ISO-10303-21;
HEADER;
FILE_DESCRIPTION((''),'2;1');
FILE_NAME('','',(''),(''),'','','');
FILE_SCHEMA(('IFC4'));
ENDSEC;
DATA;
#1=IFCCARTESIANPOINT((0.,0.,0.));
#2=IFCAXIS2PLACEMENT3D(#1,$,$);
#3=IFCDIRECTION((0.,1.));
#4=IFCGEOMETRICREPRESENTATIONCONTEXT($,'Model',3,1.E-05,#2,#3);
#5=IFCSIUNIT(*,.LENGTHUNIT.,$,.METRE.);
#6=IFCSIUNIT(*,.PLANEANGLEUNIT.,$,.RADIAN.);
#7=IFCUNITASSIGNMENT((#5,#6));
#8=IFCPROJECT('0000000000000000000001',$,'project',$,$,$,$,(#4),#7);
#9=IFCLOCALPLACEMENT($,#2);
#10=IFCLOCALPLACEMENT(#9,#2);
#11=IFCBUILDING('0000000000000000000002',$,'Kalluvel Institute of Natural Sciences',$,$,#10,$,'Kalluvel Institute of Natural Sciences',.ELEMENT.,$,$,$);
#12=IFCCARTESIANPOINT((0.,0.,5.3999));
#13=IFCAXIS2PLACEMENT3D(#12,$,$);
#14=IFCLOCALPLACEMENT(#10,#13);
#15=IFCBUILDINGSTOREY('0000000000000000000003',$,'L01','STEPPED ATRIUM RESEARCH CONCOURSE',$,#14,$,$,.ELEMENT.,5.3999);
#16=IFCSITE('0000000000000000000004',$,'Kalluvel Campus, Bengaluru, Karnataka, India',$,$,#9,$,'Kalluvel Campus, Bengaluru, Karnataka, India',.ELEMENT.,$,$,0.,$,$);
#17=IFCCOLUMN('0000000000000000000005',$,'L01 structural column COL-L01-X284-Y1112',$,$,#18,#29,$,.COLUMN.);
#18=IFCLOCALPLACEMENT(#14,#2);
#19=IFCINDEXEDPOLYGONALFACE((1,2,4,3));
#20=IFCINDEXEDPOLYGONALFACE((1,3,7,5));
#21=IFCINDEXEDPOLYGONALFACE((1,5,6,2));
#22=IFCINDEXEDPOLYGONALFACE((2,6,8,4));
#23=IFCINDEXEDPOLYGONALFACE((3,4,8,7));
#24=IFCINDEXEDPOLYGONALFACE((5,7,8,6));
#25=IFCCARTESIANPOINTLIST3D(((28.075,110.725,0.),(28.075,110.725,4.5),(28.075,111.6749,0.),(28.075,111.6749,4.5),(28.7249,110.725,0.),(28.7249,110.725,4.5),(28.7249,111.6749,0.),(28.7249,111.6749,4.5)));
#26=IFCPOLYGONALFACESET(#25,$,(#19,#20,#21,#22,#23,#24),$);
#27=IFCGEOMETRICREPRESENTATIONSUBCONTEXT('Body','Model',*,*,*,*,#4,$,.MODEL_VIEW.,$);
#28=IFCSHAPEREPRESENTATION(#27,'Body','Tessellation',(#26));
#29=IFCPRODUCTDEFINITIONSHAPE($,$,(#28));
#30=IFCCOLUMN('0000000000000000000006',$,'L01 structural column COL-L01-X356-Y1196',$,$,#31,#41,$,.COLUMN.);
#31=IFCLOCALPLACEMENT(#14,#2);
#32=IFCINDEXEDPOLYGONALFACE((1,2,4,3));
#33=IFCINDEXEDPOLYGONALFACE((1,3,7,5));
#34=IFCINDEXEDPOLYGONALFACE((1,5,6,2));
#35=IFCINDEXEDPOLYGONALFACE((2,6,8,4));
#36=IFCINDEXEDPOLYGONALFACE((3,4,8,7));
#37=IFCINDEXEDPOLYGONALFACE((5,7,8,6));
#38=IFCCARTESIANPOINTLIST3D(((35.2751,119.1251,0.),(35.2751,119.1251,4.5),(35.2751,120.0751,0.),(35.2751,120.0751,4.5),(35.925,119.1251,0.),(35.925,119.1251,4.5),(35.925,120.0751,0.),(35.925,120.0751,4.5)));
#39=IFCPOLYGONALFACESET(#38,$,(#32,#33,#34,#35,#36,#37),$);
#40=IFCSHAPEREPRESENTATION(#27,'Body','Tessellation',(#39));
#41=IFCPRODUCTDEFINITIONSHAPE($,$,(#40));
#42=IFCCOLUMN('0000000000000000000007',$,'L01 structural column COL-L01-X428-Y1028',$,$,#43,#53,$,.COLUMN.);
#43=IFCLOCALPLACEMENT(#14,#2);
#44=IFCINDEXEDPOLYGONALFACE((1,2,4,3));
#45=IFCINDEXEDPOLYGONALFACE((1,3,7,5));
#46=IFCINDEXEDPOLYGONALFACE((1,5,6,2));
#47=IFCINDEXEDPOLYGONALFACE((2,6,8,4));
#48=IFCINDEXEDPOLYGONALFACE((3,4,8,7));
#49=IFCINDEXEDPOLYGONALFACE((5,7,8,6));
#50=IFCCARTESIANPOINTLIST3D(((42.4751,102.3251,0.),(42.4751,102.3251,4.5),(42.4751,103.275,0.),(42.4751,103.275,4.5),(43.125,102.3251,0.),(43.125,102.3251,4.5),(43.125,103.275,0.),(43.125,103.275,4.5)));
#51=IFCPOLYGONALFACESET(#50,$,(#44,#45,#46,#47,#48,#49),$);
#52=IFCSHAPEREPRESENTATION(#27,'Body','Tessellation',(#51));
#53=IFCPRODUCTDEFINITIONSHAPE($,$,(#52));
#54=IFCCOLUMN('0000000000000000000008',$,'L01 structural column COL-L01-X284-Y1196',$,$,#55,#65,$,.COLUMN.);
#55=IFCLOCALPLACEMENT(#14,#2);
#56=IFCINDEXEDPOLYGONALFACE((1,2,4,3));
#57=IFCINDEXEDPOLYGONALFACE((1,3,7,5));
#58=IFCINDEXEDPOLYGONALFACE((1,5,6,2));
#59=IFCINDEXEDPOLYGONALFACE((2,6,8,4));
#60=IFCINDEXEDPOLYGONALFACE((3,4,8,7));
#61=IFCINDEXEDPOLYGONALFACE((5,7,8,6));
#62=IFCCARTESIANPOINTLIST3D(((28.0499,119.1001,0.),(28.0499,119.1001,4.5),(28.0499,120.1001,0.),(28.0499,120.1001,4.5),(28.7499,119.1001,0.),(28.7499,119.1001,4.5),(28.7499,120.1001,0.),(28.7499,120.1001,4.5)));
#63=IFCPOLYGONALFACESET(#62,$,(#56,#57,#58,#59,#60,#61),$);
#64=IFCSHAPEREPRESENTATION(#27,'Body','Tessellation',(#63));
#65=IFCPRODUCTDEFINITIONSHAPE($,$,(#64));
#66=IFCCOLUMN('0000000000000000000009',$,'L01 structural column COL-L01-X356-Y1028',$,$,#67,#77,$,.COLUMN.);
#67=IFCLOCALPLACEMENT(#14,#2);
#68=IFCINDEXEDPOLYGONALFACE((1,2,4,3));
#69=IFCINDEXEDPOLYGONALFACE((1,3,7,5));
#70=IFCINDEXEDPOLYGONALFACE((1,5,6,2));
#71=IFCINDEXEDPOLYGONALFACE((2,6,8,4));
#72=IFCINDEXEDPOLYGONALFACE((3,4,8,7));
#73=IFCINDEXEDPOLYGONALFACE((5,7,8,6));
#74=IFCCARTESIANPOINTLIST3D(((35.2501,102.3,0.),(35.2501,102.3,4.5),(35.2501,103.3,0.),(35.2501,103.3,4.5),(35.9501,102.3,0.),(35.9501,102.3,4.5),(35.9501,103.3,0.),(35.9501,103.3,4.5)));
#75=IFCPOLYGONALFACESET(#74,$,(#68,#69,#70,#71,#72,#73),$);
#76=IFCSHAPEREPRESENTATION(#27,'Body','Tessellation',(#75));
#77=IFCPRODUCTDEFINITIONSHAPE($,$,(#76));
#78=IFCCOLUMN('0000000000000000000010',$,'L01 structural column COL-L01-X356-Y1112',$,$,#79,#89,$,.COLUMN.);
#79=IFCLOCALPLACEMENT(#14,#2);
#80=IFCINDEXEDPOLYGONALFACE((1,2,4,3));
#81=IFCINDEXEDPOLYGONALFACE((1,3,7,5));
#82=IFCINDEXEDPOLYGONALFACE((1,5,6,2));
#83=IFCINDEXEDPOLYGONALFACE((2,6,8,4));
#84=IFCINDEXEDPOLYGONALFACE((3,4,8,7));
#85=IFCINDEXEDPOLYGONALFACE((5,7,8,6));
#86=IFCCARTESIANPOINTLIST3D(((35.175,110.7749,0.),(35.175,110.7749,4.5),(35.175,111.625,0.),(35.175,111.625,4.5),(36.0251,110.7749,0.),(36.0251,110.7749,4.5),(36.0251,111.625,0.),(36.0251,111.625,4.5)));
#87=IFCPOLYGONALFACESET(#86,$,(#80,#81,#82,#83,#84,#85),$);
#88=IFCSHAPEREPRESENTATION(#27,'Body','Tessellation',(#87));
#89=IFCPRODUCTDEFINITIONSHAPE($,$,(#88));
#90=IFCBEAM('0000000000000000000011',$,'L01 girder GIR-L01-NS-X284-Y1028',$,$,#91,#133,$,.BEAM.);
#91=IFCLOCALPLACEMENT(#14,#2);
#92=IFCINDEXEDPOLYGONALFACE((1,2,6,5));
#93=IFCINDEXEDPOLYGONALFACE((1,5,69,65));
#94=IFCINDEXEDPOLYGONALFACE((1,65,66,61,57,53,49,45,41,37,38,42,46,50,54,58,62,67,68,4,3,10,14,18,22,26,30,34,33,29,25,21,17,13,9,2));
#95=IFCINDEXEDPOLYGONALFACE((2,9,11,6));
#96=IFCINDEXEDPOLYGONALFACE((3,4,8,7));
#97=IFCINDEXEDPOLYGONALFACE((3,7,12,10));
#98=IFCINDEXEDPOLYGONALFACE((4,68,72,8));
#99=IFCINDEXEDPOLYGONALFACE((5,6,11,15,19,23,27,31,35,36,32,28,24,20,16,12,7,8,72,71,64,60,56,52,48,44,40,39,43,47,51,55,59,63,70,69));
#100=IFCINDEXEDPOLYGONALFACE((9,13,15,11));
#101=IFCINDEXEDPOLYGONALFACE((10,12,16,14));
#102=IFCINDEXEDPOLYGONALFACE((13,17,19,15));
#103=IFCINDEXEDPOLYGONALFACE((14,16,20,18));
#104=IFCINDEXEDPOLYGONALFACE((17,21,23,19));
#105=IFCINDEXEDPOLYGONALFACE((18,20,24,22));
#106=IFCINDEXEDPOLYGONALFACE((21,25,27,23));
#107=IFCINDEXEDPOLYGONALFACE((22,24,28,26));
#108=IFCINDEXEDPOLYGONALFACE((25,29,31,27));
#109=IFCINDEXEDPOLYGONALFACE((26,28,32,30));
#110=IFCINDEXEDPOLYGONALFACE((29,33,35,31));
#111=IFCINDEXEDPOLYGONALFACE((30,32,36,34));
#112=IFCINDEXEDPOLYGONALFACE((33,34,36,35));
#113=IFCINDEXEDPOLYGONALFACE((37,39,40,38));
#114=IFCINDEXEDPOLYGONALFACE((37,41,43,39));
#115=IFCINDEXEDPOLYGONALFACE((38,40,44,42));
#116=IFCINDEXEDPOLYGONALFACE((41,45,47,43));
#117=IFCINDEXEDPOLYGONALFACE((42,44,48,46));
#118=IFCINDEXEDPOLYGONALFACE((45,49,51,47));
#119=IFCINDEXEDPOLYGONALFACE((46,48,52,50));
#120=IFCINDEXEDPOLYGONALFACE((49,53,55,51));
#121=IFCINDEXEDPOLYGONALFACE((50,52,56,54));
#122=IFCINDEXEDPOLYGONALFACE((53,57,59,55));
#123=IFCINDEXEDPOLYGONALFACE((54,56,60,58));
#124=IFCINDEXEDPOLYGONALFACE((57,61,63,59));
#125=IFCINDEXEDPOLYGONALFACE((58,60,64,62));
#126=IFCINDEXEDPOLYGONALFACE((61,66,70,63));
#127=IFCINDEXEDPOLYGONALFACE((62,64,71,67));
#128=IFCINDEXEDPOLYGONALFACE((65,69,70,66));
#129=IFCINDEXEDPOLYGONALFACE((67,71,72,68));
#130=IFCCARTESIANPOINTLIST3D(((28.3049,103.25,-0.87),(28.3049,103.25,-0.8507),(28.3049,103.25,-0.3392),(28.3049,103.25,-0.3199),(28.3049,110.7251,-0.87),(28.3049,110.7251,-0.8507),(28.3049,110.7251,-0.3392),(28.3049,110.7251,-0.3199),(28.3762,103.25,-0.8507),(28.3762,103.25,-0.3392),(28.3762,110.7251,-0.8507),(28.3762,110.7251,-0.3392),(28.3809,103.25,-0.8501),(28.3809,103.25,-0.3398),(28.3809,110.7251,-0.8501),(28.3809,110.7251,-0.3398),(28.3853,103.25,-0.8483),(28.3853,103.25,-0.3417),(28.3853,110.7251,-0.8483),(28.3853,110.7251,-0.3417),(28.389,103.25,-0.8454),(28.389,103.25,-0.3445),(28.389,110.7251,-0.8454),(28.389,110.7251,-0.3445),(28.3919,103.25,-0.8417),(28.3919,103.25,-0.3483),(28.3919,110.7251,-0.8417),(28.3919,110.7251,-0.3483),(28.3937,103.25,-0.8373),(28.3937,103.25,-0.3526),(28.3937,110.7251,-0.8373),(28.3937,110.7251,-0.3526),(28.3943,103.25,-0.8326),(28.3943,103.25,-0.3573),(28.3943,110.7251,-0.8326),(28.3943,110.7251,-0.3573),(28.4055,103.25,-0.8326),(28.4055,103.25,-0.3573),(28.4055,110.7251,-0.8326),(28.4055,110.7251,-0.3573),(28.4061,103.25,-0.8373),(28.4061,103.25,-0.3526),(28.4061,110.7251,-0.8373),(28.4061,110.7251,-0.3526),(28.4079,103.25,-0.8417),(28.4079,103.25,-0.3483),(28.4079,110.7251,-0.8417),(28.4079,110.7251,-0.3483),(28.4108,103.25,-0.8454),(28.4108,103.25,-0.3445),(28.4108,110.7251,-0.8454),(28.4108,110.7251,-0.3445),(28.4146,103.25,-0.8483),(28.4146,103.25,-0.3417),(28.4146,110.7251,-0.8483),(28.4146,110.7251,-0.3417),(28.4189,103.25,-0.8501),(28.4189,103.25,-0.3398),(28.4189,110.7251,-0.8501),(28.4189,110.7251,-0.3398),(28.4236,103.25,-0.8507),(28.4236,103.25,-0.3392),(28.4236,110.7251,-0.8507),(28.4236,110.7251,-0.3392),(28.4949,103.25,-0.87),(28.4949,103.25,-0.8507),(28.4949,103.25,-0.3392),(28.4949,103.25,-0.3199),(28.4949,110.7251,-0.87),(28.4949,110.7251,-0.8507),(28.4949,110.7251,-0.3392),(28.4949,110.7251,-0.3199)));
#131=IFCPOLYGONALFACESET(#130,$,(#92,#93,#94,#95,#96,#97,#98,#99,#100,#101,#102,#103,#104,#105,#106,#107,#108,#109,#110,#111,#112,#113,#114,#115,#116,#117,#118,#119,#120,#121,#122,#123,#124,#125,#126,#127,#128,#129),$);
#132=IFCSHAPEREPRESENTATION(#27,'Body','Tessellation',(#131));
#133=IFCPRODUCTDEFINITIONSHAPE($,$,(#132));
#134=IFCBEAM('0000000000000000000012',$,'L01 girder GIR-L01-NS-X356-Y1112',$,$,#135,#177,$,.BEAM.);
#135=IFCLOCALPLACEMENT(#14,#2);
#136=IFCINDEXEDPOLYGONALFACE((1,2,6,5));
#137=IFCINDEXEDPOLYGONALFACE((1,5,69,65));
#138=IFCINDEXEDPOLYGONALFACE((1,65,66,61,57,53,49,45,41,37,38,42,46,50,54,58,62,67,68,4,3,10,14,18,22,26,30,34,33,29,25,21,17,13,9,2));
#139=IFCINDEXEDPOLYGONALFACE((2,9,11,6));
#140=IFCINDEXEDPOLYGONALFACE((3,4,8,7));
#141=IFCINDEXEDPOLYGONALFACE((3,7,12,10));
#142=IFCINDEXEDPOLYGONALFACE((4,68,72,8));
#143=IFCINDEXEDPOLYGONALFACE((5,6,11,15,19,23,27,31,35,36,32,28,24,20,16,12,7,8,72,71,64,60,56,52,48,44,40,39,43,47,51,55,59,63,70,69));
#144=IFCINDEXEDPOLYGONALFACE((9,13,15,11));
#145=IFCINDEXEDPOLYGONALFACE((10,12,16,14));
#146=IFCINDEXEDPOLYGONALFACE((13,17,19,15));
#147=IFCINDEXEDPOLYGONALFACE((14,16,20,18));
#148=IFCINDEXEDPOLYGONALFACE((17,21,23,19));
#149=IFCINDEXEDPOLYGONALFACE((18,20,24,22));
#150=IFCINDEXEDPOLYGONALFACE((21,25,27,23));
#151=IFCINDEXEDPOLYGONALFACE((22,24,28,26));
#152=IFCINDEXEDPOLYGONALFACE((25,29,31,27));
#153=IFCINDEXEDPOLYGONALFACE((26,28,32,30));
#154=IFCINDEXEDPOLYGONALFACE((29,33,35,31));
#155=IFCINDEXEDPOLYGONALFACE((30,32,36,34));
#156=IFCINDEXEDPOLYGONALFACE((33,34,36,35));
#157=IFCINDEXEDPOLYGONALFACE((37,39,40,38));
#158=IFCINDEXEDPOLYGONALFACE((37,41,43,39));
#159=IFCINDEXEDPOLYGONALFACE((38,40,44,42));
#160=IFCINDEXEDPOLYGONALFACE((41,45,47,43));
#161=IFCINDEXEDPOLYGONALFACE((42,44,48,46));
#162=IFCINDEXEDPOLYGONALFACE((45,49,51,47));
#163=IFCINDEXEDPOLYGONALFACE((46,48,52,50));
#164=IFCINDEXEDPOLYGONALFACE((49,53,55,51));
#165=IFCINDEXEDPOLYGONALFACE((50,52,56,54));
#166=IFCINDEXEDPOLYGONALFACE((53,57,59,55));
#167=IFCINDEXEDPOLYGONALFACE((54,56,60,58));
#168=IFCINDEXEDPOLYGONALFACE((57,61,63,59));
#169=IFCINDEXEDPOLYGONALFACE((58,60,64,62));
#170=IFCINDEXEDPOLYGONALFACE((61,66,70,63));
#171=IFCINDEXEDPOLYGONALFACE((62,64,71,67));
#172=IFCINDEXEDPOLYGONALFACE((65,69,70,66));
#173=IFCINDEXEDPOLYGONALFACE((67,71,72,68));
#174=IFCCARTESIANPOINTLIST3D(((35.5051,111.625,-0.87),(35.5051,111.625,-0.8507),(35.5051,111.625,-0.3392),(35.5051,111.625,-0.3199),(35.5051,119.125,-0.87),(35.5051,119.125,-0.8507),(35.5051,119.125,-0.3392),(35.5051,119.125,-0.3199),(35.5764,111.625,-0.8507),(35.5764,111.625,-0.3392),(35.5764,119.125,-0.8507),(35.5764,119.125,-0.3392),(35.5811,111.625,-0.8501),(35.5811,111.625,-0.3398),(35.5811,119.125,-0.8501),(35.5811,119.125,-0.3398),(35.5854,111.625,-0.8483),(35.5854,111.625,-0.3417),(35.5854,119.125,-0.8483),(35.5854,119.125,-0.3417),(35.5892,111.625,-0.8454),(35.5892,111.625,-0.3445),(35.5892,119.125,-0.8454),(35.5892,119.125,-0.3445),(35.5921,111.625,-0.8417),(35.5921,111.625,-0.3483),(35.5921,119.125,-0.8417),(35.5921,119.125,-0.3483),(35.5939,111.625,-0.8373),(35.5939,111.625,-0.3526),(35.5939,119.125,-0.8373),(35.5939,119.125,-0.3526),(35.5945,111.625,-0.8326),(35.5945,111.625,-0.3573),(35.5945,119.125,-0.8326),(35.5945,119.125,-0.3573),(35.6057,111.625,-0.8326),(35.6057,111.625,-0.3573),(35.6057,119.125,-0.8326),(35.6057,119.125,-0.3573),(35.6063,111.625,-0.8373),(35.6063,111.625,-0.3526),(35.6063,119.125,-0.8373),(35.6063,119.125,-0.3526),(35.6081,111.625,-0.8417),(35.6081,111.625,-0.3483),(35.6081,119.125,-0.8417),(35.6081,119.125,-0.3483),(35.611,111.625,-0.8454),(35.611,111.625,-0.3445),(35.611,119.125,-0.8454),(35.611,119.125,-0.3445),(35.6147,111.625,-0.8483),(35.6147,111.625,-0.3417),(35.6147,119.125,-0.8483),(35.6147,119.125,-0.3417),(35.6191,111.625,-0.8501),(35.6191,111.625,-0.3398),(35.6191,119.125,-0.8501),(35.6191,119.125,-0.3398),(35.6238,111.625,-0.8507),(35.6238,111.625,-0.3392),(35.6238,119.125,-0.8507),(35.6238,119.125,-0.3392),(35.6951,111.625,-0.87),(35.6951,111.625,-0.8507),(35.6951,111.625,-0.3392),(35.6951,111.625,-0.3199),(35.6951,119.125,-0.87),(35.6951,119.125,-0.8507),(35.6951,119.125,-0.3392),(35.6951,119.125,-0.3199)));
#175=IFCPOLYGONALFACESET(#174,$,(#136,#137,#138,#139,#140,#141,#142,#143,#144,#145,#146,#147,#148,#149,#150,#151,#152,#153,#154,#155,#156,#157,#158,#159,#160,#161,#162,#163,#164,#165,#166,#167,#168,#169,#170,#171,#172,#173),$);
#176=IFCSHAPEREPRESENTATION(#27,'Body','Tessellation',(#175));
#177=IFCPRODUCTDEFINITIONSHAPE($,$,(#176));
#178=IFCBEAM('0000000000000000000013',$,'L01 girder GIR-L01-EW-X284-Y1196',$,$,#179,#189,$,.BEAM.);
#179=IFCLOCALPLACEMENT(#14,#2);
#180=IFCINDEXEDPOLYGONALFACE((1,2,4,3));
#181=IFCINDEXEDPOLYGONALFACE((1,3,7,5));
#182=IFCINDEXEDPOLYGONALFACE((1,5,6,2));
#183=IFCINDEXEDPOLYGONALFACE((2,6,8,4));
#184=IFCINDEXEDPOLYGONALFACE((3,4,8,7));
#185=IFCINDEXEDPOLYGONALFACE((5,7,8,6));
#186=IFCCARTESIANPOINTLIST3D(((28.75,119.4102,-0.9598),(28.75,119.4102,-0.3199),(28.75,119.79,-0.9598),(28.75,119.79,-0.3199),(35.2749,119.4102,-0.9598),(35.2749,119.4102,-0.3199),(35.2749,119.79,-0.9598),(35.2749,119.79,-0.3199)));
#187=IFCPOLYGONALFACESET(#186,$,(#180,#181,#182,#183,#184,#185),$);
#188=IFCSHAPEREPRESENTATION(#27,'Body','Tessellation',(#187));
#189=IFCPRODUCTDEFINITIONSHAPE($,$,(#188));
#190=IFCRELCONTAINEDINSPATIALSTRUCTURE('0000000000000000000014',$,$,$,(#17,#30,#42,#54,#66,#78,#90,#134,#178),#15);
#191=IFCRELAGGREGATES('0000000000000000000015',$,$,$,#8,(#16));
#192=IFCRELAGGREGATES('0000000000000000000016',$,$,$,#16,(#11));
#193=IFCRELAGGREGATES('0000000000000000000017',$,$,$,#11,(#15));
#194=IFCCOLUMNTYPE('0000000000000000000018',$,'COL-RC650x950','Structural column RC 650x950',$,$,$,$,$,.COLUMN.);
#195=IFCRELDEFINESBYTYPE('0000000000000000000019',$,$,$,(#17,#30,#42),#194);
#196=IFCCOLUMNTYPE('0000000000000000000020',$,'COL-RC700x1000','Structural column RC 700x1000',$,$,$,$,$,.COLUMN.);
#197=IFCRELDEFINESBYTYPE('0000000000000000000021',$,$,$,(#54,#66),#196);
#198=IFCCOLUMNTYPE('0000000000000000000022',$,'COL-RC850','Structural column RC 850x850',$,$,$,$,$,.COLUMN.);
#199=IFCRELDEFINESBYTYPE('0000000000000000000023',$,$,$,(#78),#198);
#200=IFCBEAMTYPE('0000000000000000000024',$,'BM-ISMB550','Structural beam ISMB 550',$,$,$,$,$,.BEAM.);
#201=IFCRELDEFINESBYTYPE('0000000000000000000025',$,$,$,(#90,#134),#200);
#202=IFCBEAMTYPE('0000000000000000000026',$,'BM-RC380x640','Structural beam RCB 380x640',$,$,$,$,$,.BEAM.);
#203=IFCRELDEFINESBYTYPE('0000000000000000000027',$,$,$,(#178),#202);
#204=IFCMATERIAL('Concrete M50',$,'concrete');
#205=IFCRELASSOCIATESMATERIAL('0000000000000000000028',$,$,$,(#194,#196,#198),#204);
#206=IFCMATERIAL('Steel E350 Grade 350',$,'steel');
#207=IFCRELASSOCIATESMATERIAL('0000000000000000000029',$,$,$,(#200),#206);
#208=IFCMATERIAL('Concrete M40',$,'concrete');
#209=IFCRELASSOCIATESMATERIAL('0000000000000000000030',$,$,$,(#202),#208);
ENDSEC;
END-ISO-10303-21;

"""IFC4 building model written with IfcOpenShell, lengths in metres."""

from ifc_helpers import new_model, si_unit, direction, frame, origin, origin_2d, place, context, subcontext, project, spatial, rectangle, i_section, extrude, material, material_profile, profile_set, type_object, element, save


model = new_model("IFC4")

# Units and contexts
model_context = context("Model", 3, precision=1e-05, world=origin(), true_north=direction((0.0, 1.0)))
body_context = subcontext(model_context, "Body", "Model", "MODEL_VIEW")
ifc_project = project(units=[si_unit("LENGTHUNIT", "METRE"), si_unit("PLANEANGLEUNIT", "RADIAN")], contexts=[model_context])

# Site, building, storey
site_placement = place(None, origin())
site = spatial("IfcSite", under=ifc_project, at=site_placement, Name="Kalluvel Campus, Bengaluru, Karnataka, India", LongName="Kalluvel Campus, Bengaluru, Karnataka, India", CompositionType="ELEMENT", RefElevation=0.0)
building_placement = place(site_placement, origin())
building = spatial("IfcBuilding", under=site, at=building_placement, Name="Kalluvel Institute of Natural Sciences", LongName="Kalluvel Institute of Natural Sciences", CompositionType="ELEMENT")
storey_placement = place(building_placement, frame((0.0, 0.0, 5.3999)))
storey = spatial("IfcBuildingStorey", under=building, at=storey_placement, Name="L01", Description="STEPPED ATRIUM RESEARCH CONCOURSE", CompositionType="ELEMENT", Elevation=5.3999)

# Columns
ifc_material_1 = material(Name="Concrete M50", Category="concrete")
ifc_material_profile_1 = material_profile(ifc_material_1, rectangle(XDim=0.6499, YDim=0.95, at=origin_2d()), Name="RC 650x950")
ifc_profile_set_1 = profile_set([ifc_material_profile_1], Name="Concrete M50")
column_type_1 = type_object("IfcColumnType", Name="COL-RC650x950", Description="Structural column RC 650x950", PredefinedType="COLUMN", material=ifc_profile_set_1)
for number, where, z_axis, x_axis, name in (
    (1, (28.3999, 111.2, 0.0), (0.0, 0.0, 1.0), (1.0, 0.0, 0.0), "L01 structural column COL-L01-X284-Y1112"),
    (2, (35.6001, 119.6001, 0.0), (0.0, 0.0, 1.0), (1.0, 0.0, 0.0), "L01 structural column COL-L01-X356-Y1196"),
    (3, (42.8, 102.8, 0.0), (0.0, 0.0, 1.0), (1.0, 0.0, 0.0), "L01 structural column COL-L01-X428-Y1028"),
):
    element("IfcColumn", number, at=place(storey_placement, frame(where, z_axis=z_axis, x_axis=x_axis)), inside=storey, type_object=column_type_1, Name=name, PredefinedType="COLUMN", context=body_context, shape_type="SweptSolid", body=[
        extrude(rectangle(XDim=0.6499, YDim=0.95, at=origin_2d()), origin(), (0.0, 0.0, 1.0), 4.5),
    ])
ifc_material_profile_2 = material_profile(ifc_material_1, rectangle(XDim=0.7, YDim=1.0, at=origin_2d()), Name="RC 700x1000")
ifc_profile_set_2 = profile_set([ifc_material_profile_2], Name="Concrete M50")
column_type_2 = type_object("IfcColumnType", Name="COL-RC700x1000", Description="Structural column RC 700x1000", PredefinedType="COLUMN", material=ifc_profile_set_2)
for number, where, z_axis, x_axis, name in (
    (4, (28.3999, 119.6001, 0.0), (0.0, 0.0, 1.0), (1.0, 0.0, 0.0), "L01 structural column COL-L01-X284-Y1196"),
    (5, (35.6001, 102.8, 0.0), (0.0, 0.0, 1.0), (1.0, 0.0, 0.0), "L01 structural column COL-L01-X356-Y1028"),
):
    element("IfcColumn", number, at=place(storey_placement, frame(where, z_axis=z_axis, x_axis=x_axis)), inside=storey, type_object=column_type_2, Name=name, PredefinedType="COLUMN", context=body_context, shape_type="SweptSolid", body=[
        extrude(rectangle(XDim=0.7, YDim=1.0, at=origin_2d()), origin(), (0.0, 0.0, 1.0), 4.5),
    ])
ifc_material_profile_3 = material_profile(ifc_material_1, rectangle(XDim=0.8501, YDim=0.8501, at=origin_2d()), Name="RC 850x850")
ifc_profile_set_3 = profile_set([ifc_material_profile_3], Name="Concrete M50")
column_type_3 = type_object("IfcColumnType", Name="COL-RC850", Description="Structural column RC 850x850", PredefinedType="COLUMN", material=ifc_profile_set_3)
column_placement = place(storey_placement, frame((35.6001, 111.2, 0.0), z_axis=(0.0, 0.0, 1.0), x_axis=(1.0, 0.0, 0.0)))
element("IfcColumn", 6, at=column_placement, inside=storey, type_object=column_type_3, Name="L01 structural column COL-L01-X356-Y1112", PredefinedType="COLUMN", context=body_context, shape_type="SweptSolid", body=[
    extrude(rectangle(XDim=0.8501, YDim=0.8501, at=origin_2d()), origin(), (0.0, 0.0, 1.0), 4.5),
])

# Beams
ifc_material_2 = material(Name="Steel E350 Grade 350", Category="steel")
ifc_material_profile_4 = material_profile(ifc_material_2, i_section(OverallWidth=0.1899, OverallDepth=0.55, WebThickness=0.0112, FlangeThickness=0.0193, FilletRadius=0.0181, at=origin_2d()), Name="ISMB 550")
ifc_profile_set_4 = profile_set([ifc_material_profile_4], Name="Steel E350 Grade 350")
beam_type_1 = type_object("IfcBeamType", Name="BM-ISMB550", Description="Structural beam ISMB 550", PredefinedType="BEAM", material=ifc_profile_set_4)
beam_1_placement = place(storey_placement, frame((28.3999, 103.25, -0.595), z_axis=(0.0, 1.0, 0.0), x_axis=(-1.0, 0.0, 0.0)))
element("IfcBeam", 7, at=beam_1_placement, inside=storey, type_object=beam_type_1, Name="L01 girder GIR-L01-NS-X284-Y1028", PredefinedType="BEAM", context=body_context, shape_type="SweptSolid", body=[
    extrude(i_section(OverallWidth=0.1899, OverallDepth=0.55, WebThickness=0.0112, FlangeThickness=0.0193, FilletRadius=0.0181, at=origin_2d()), origin(), (0.0, 0.0, 1.0), 7.4751),
])
beam_2_placement = place(storey_placement, frame((35.6001, 111.625, -0.595), z_axis=(0.0, 1.0, 0.0), x_axis=(-1.0, 0.0, 0.0)))
element("IfcBeam", 8, at=beam_2_placement, inside=storey, type_object=beam_type_1, Name="L01 girder GIR-L01-NS-X356-Y1112", PredefinedType="BEAM", context=body_context, shape_type="SweptSolid", body=[
    extrude(i_section(OverallWidth=0.1899, OverallDepth=0.55, WebThickness=0.0112, FlangeThickness=0.0193, FilletRadius=0.0181, at=origin_2d()), origin(), (0.0, 0.0, 1.0), 7.5),
])
ifc_material_3 = material(Name="Concrete M40", Category="concrete")
ifc_material_profile_5 = material_profile(ifc_material_3, rectangle(XDim=0.3799, YDim=0.6399, at=origin_2d()), Name="RCB 380x640")
ifc_profile_set_5 = profile_set([ifc_material_profile_5], Name="Concrete M40")
beam_type_2 = type_object("IfcBeamType", Name="BM-RC380x640", Description="Structural beam RCB 380x640", PredefinedType="BEAM", material=ifc_profile_set_5)
beam_3_placement = place(storey_placement, frame((28.75, 119.6001, -0.6399), z_axis=(1.0, 0.0, 0.0), x_axis=(0.0, 1.0, 0.0)))
element("IfcBeam", 9, at=beam_3_placement, inside=storey, type_object=beam_type_2, Name="L01 girder GIR-L01-EW-X284-Y1196", PredefinedType="BEAM", context=body_context, shape_type="SweptSolid", body=[
    extrude(rectangle(XDim=0.3799, YDim=0.6399, at=origin_2d()), origin(), (0.0, 0.0, 1.0), 6.5249),
])

save(model, "model.ifc")
